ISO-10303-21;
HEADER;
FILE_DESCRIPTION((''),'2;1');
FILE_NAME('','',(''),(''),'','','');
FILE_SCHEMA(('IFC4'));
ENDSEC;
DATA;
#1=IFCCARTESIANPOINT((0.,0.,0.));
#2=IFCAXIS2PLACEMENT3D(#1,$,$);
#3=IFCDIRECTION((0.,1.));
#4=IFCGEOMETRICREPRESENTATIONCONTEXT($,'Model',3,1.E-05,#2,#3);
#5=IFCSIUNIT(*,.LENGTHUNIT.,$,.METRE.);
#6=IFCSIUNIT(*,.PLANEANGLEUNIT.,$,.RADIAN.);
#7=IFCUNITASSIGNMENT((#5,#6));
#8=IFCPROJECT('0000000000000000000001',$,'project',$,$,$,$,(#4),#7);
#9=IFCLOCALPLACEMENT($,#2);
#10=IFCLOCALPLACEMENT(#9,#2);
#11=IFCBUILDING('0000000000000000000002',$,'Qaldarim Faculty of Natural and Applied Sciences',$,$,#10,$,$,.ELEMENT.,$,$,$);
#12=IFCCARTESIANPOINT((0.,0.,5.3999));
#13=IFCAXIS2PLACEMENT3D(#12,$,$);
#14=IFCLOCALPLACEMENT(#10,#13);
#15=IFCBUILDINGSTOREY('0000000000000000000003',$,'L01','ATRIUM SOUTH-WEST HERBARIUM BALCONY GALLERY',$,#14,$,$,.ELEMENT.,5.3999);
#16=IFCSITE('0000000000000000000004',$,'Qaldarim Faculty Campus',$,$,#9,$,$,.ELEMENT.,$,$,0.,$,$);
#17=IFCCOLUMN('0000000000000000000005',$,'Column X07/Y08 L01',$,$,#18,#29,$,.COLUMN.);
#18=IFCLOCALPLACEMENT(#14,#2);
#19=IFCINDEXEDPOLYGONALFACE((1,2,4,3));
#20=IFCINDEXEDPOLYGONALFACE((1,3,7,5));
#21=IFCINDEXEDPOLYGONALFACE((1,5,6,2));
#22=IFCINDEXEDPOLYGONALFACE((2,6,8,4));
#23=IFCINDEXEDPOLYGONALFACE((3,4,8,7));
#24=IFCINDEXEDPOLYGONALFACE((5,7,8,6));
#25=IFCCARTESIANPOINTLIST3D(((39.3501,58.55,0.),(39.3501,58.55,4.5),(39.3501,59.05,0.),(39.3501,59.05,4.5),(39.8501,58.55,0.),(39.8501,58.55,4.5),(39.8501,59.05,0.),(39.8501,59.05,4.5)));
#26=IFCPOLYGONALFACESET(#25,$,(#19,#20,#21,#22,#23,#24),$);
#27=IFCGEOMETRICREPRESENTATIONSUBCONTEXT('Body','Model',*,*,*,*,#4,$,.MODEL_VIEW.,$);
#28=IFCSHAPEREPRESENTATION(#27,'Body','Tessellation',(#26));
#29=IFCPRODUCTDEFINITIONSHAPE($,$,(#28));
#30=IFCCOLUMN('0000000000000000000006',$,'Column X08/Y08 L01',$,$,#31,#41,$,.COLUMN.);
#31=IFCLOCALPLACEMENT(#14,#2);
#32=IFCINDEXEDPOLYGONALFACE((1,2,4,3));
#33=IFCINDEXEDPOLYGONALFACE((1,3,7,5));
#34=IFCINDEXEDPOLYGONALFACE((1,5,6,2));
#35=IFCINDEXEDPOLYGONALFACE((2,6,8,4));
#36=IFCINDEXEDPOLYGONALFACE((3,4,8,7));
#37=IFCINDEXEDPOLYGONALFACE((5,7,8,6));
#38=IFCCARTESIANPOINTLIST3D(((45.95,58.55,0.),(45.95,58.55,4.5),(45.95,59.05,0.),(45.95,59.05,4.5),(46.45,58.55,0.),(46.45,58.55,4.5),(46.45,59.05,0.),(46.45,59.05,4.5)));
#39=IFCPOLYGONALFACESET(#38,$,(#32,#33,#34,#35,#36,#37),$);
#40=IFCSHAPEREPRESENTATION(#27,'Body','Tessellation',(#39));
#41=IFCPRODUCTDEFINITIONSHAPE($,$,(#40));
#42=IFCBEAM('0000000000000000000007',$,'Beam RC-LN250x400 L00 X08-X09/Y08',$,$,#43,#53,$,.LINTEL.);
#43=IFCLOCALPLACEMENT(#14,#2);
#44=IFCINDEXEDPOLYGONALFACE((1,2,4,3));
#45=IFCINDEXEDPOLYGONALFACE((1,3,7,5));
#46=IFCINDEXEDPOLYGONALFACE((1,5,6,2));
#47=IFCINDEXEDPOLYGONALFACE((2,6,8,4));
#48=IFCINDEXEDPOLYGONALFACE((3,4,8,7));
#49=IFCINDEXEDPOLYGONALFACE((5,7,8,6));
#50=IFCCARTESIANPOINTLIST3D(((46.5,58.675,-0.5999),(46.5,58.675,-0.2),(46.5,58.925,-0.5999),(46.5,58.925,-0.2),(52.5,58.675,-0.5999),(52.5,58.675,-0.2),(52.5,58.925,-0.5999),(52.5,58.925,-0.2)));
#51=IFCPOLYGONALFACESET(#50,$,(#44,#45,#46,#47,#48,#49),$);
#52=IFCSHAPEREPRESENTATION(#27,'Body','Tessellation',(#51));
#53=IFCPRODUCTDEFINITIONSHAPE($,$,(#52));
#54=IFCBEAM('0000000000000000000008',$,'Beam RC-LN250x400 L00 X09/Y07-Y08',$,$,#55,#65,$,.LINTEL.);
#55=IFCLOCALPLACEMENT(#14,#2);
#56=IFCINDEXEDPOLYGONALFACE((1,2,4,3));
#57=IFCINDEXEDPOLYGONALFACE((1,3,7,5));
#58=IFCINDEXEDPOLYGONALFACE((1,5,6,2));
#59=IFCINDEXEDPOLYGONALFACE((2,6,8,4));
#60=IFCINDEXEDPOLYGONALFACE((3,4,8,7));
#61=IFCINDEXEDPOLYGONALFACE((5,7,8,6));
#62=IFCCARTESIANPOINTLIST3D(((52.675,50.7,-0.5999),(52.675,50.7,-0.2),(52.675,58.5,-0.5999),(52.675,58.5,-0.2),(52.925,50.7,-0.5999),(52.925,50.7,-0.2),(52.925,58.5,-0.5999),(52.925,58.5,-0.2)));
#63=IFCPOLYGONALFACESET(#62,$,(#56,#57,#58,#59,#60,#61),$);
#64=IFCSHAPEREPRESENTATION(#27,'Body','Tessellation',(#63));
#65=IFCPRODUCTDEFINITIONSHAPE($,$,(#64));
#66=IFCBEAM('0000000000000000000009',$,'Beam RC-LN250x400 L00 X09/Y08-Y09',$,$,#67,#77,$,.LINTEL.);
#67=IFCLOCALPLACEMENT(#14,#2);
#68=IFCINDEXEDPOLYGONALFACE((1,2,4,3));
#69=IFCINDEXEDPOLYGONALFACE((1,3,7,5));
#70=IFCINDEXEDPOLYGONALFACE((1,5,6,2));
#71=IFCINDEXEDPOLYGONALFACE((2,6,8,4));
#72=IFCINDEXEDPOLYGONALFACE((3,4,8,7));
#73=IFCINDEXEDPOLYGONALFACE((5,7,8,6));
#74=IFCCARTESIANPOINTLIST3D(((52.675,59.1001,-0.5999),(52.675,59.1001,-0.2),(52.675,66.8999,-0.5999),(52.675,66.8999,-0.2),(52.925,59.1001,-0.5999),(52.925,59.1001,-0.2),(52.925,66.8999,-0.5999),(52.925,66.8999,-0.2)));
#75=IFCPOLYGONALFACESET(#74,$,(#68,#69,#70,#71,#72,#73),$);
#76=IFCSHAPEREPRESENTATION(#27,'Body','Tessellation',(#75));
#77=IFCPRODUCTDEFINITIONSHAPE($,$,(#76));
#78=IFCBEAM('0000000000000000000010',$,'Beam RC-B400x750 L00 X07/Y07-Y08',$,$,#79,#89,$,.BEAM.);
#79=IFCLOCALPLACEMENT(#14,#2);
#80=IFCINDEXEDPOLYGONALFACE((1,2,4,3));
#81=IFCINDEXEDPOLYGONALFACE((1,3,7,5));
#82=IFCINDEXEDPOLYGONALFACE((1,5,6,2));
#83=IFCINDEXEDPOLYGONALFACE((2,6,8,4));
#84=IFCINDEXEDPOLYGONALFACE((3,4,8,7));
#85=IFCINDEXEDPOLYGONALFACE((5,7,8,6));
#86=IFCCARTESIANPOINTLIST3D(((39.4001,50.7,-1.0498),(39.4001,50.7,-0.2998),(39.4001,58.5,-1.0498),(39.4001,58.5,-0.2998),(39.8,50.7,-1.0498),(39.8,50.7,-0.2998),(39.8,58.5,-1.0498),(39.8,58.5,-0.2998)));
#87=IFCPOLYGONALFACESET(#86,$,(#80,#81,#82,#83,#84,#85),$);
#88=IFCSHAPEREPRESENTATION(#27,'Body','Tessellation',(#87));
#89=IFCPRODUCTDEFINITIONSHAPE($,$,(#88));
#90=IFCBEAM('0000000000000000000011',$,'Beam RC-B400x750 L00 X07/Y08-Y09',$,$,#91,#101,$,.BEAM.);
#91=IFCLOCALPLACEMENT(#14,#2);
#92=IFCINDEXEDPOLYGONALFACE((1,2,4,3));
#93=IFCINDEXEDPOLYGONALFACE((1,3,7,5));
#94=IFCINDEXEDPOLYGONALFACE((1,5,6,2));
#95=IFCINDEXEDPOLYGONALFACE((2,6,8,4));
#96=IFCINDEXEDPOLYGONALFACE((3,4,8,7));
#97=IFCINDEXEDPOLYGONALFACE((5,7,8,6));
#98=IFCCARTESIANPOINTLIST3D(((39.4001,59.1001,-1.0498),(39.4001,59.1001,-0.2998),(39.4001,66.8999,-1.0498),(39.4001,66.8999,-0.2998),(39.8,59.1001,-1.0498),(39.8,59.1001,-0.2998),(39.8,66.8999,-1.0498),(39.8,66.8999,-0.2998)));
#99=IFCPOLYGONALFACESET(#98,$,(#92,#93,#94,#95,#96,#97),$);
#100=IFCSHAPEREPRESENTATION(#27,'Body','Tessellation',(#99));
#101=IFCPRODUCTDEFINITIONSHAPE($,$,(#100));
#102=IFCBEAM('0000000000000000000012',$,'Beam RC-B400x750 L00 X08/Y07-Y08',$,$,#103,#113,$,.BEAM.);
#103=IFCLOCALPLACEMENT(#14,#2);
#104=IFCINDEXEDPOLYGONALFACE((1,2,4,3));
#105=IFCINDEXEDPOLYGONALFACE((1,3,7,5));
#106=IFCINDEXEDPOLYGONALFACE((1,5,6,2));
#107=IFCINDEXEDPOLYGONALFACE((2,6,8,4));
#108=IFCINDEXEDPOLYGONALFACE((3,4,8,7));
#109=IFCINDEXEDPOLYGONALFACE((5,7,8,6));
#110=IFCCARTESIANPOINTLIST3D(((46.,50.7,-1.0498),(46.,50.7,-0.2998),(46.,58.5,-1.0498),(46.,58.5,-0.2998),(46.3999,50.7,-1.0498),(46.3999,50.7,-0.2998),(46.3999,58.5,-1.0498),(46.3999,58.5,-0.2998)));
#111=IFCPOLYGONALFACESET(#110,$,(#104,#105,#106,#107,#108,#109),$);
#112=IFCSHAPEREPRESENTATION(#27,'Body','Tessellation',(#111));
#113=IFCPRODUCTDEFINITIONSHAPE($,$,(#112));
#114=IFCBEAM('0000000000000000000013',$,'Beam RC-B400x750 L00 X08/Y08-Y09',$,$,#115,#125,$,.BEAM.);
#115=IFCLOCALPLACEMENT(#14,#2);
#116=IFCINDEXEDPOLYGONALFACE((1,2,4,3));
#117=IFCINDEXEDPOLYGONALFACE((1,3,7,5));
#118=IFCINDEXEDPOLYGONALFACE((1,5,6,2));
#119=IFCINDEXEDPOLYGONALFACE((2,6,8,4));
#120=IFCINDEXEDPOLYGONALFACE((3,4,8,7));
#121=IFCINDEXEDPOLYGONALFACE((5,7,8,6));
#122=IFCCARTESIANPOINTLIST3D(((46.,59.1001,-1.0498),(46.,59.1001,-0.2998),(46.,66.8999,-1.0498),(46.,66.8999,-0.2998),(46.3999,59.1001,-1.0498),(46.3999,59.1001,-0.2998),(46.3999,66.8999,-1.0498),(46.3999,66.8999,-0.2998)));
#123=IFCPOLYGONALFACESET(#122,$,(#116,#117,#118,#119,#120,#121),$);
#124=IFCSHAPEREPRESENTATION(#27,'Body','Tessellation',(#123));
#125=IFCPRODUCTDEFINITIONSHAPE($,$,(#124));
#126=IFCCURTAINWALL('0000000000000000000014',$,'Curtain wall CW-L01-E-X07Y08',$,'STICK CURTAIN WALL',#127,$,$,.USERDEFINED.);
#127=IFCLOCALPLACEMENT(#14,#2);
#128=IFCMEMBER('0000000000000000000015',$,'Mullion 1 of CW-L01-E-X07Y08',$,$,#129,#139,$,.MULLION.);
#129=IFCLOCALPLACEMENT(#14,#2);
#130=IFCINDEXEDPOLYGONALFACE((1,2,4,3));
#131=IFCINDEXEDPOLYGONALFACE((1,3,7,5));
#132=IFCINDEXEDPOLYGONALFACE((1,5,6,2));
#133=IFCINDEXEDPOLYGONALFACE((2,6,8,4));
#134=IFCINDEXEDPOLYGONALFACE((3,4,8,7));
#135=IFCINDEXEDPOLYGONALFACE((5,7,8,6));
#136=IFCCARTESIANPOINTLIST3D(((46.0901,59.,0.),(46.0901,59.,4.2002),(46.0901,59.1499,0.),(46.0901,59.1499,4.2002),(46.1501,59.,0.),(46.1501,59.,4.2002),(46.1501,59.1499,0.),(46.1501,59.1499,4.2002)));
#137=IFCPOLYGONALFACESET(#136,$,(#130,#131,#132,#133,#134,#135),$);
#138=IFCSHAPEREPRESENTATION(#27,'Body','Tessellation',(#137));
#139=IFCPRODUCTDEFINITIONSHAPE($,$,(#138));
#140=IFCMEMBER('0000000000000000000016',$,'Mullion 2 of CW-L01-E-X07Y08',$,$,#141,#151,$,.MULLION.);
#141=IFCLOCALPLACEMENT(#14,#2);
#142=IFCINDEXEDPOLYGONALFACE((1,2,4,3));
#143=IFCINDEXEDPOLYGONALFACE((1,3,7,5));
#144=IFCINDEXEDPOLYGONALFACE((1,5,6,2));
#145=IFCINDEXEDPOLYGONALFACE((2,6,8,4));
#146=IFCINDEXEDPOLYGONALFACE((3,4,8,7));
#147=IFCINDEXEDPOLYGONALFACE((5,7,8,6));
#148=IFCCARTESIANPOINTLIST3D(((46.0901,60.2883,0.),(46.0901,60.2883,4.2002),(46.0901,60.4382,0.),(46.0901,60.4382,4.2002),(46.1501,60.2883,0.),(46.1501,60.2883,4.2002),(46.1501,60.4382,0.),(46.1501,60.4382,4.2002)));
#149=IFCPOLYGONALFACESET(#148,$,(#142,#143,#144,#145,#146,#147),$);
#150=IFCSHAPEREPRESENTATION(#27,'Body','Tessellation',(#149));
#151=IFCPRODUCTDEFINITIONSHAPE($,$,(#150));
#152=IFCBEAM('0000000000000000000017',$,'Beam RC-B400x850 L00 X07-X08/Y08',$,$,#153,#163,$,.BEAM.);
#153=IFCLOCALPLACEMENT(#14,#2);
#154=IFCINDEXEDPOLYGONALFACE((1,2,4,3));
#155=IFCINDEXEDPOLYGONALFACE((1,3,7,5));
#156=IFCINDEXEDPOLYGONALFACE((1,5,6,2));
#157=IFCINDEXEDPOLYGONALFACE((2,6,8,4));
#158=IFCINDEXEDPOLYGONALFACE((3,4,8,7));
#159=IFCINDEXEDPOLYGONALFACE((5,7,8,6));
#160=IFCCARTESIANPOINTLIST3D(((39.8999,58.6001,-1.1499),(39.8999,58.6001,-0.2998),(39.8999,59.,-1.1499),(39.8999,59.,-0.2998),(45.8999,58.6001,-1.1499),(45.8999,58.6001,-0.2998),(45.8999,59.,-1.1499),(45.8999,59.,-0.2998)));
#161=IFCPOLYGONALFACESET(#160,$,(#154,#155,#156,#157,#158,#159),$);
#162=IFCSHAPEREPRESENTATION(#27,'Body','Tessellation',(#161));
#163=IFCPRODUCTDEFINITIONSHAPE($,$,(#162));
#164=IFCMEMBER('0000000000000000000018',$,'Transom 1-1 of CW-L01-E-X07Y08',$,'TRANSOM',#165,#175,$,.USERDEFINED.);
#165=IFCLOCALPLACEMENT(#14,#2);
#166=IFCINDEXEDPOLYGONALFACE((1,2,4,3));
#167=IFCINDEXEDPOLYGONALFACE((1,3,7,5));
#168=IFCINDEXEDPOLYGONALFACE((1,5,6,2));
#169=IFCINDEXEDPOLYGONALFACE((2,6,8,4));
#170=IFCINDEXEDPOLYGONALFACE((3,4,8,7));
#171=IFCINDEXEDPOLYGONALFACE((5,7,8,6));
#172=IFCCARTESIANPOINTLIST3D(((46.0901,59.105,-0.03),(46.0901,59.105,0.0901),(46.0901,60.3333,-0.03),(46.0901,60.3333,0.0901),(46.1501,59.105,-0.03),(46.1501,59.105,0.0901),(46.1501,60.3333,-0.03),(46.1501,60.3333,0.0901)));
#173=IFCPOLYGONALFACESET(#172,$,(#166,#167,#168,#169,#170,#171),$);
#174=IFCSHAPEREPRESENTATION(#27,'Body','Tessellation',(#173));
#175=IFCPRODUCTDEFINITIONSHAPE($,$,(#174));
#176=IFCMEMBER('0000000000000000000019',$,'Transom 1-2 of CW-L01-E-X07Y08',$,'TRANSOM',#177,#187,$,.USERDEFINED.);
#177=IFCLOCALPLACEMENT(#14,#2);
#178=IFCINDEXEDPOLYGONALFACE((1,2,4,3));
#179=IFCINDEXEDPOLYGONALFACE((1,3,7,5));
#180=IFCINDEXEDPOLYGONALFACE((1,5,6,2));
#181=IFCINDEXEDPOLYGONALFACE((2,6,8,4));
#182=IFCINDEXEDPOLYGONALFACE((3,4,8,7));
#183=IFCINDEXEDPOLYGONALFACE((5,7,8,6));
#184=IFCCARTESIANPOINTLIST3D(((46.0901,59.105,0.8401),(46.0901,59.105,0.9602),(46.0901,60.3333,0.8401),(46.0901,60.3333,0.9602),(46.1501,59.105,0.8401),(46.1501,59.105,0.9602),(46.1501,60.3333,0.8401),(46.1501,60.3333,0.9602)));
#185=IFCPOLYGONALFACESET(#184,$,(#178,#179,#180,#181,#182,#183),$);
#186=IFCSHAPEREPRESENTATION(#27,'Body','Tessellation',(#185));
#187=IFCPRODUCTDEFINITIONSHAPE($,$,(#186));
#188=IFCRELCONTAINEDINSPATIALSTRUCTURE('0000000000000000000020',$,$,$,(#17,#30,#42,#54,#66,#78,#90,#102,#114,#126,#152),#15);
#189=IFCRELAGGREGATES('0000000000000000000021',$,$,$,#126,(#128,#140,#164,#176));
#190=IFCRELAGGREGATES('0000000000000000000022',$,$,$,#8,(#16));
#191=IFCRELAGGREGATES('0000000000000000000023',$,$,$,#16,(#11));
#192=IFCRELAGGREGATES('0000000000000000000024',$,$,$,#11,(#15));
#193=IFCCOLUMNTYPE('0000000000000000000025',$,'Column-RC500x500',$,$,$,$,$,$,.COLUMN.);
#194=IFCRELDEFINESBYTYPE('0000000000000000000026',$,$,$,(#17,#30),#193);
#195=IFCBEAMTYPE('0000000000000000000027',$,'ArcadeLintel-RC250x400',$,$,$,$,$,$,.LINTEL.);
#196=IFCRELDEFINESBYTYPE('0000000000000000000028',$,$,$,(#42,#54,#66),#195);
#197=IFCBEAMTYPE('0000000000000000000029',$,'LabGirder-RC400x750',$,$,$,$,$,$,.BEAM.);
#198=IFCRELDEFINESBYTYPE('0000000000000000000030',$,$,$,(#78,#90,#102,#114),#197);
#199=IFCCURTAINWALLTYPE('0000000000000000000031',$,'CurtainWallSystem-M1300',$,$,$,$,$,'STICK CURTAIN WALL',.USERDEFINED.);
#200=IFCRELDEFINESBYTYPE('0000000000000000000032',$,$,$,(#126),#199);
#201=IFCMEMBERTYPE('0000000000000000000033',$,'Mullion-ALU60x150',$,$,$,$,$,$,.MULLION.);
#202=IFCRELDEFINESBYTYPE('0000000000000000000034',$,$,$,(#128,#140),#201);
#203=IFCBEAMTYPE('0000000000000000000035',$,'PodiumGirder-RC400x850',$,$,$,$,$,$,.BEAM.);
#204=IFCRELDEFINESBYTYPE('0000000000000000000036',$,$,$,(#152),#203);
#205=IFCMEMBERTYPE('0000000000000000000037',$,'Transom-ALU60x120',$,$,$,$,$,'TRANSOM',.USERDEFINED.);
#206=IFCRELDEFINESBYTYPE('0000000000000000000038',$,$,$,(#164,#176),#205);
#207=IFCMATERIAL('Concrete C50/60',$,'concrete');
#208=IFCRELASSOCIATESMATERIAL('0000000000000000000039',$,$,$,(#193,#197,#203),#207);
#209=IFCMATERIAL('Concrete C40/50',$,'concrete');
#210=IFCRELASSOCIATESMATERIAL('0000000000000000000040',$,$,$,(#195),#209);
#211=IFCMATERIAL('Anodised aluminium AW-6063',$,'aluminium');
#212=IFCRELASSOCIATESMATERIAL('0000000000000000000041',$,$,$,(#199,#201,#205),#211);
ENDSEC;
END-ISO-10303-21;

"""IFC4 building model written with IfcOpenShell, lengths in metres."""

from ifc_helpers import new_model, si_unit, direction, frame, origin, origin_2d, place, context, subcontext, project, spatial, rectangle, extrude, material, material_profile, profile_set, type_object, element, aggregate, save


model = new_model("IFC4")

# Units and contexts
model_context = context("Model", 3, precision=1e-05, world=origin(), true_north=direction((0.0, 1.0)))
body_context = subcontext(model_context, "Body", "Model", "MODEL_VIEW")
ifc_project = project(units=[si_unit("LENGTHUNIT", "METRE"), si_unit("PLANEANGLEUNIT", "RADIAN")], contexts=[model_context])

# Site, building, storey
site_placement = place(None, origin())
site = spatial("IfcSite", under=ifc_project, at=site_placement, Name="Qaldarim Faculty Campus", CompositionType="ELEMENT", RefElevation=0.0)
building_placement = place(site_placement, origin())
building = spatial("IfcBuilding", under=site, at=building_placement, Name="Qaldarim Faculty of Natural and Applied Sciences", CompositionType="ELEMENT")
storey_placement = place(building_placement, frame((0.0, 0.0, 5.3999)))
storey = spatial("IfcBuildingStorey", under=building, at=storey_placement, Name="L01", Description="ATRIUM SOUTH-WEST HERBARIUM BALCONY GALLERY", CompositionType="ELEMENT", Elevation=5.3999)

# Columns
ifc_material_1 = material(Name="Concrete C50/60", Category="concrete")
ifc_material_profile_1 = material_profile(ifc_material_1, rectangle(XDim=0.5, YDim=0.5, at=origin_2d()), Name="RC-C500x500")
ifc_profile_set_1 = profile_set([ifc_material_profile_1], Name="Concrete C50/60")
column_type = type_object("IfcColumnType", Name="Column-RC500x500", PredefinedType="COLUMN", material=ifc_profile_set_1)
for number, where, z_axis, x_axis, name in (
    (1, (39.6001, 58.8, 0.0), (0.0, 0.0, 1.0), (1.0, 0.0, 0.0), "Column X07/Y08 L01"),
    (2, (46.2, 58.8, 0.0), (0.0, 0.0, 1.0), (1.0, 0.0, 0.0), "Column X08/Y08 L01"),
):
    element("IfcColumn", number, at=place(storey_placement, frame(where, z_axis=z_axis, x_axis=x_axis)), inside=storey, type_object=column_type, Name=name, PredefinedType="COLUMN", context=body_context, shape_type="SweptSolid", body=[
        extrude(rectangle(XDim=0.5, YDim=0.5, at=origin_2d()), origin(), (0.0, 0.0, 1.0), 4.5),
    ])

# Beams
ifc_material_2 = material(Name="Concrete C40/50", Category="concrete")
ifc_material_profile_2 = material_profile(ifc_material_2, rectangle(XDim=0.25, YDim=0.3999, at=origin_2d()), Name="RC-LN250x400")
ifc_profile_set_2 = profile_set([ifc_material_profile_2], Name="Concrete C40/50")
beam_type_1 = type_object("IfcBeamType", Name="ArcadeLintel-RC250x400", PredefinedType="LINTEL", material=ifc_profile_set_2)
beam_1_placement = place(storey_placement, frame((46.5, 58.8, -0.3999), z_axis=(1.0, 0.0, 0.0), x_axis=(0.0, 1.0, 0.0)))
element("IfcBeam", 3, at=beam_1_placement, inside=storey, type_object=beam_type_1, Name="Beam RC-LN250x400 L00 X08-X09/Y08", PredefinedType="LINTEL", context=body_context, shape_type="SweptSolid", body=[
    extrude(rectangle(XDim=0.25, YDim=0.3999, at=origin_2d()), origin(), (0.0, 0.0, 1.0), 6.0),
])
beam_2_placement = place(storey_placement, frame((52.8, 50.7, -0.3999), z_axis=(0.0, 1.0, 0.0), x_axis=(-1.0, 0.0, 0.0)))
element("IfcBeam", 4, at=beam_2_placement, inside=storey, type_object=beam_type_1, Name="Beam RC-LN250x400 L00 X09/Y07-Y08", PredefinedType="LINTEL", context=body_context, shape_type="SweptSolid", body=[
    extrude(rectangle(XDim=0.25, YDim=0.3999, at=origin_2d()), origin(), (0.0, 0.0, 1.0), 7.8),
])
beam_3_placement = place(storey_placement, frame((52.8, 59.1001, -0.3999), z_axis=(0.0, 1.0, 0.0), x_axis=(-1.0, 0.0, 0.0)))
element("IfcBeam", 5, at=beam_3_placement, inside=storey, type_object=beam_type_1, Name="Beam RC-LN250x400 L00 X09/Y08-Y09", PredefinedType="LINTEL", context=body_context, shape_type="SweptSolid", body=[
    extrude(rectangle(XDim=0.25, YDim=0.3999, at=origin_2d()), origin(), (0.0, 0.0, 1.0), 7.7998),
])
ifc_material_profile_3 = material_profile(ifc_material_1, rectangle(XDim=0.3999, YDim=0.75, at=origin_2d()), Name="RC-B400x750")
ifc_profile_set_3 = profile_set([ifc_material_profile_3], Name="Concrete C50/60")
beam_type_2 = type_object("IfcBeamType", Name="LabGirder-RC400x750", PredefinedType="BEAM", material=ifc_profile_set_3)
beam_4_placement = place(storey_placement, frame((39.6001, 50.7, -0.6748), z_axis=(0.0, 1.0, 0.0), x_axis=(-1.0, 0.0, 0.0)))
element("IfcBeam", 6, at=beam_4_placement, inside=storey, type_object=beam_type_2, Name="Beam RC-B400x750 L00 X07/Y07-Y08", PredefinedType="BEAM", context=body_context, shape_type="SweptSolid", body=[
    extrude(rectangle(XDim=0.3999, YDim=0.75, at=origin_2d()), origin(), (0.0, 0.0, 1.0), 7.8),
])
beam_5_placement = place(storey_placement, frame((39.6001, 59.1001, -0.6748), z_axis=(0.0, 1.0, 0.0), x_axis=(-1.0, 0.0, 0.0)))
element("IfcBeam", 7, at=beam_5_placement, inside=storey, type_object=beam_type_2, Name="Beam RC-B400x750 L00 X07/Y08-Y09", PredefinedType="BEAM", context=body_context, shape_type="SweptSolid", body=[
    extrude(rectangle(XDim=0.3999, YDim=0.75, at=origin_2d()), origin(), (0.0, 0.0, 1.0), 7.7998),
])
beam_6_placement = place(storey_placement, frame((46.2, 50.7, -0.6748), z_axis=(0.0, 1.0, 0.0), x_axis=(-1.0, 0.0, 0.0)))
element("IfcBeam", 8, at=beam_6_placement, inside=storey, type_object=beam_type_2, Name="Beam RC-B400x750 L00 X08/Y07-Y08", PredefinedType="BEAM", context=body_context, shape_type="SweptSolid", body=[
    extrude(rectangle(XDim=0.3999, YDim=0.75, at=origin_2d()), origin(), (0.0, 0.0, 1.0), 7.8),
])
beam_7_placement = place(storey_placement, frame((46.2, 59.1001, -0.6748), z_axis=(0.0, 1.0, 0.0), x_axis=(-1.0, 0.0, 0.0)))
element("IfcBeam", 9, at=beam_7_placement, inside=storey, type_object=beam_type_2, Name="Beam RC-B400x750 L00 X08/Y08-Y09", PredefinedType="BEAM", context=body_context, shape_type="SweptSolid", body=[
    extrude(rectangle(XDim=0.3999, YDim=0.75, at=origin_2d()), origin(), (0.0, 0.0, 1.0), 7.7998),
])

# Curtain wall, members
ifc_material_3 = material(Name="Anodised aluminium AW-6063", Category="aluminium")
curtain_wall_type = type_object("IfcCurtainWallType", Name="CurtainWallSystem-M1300", ElementType="STICK CURTAIN WALL", PredefinedType="USERDEFINED", material=ifc_material_3)
curtain_wall_placement = place(storey_placement, origin())
curtain_wall = element("IfcCurtainWall", 10, at=curtain_wall_placement, inside=storey, type_object=curtain_wall_type, Name="Curtain wall CW-L01-E-X07Y08", ObjectType="STICK CURTAIN WALL", PredefinedType="USERDEFINED")
ifc_material_profile_4 = material_profile(ifc_material_3, rectangle(XDim=0.0601, YDim=0.1499, at=origin_2d()), Name="ALU-M60x150")
ifc_profile_set_4 = profile_set([ifc_material_profile_4], Name="Anodised aluminium AW-6063")
member_type_1 = type_object("IfcMemberType", Name="Mullion-ALU60x150", PredefinedType="MULLION", material=ifc_profile_set_4)
member_1_placement = place(storey_placement, frame((46.1201, 59.075, 0.0), z_axis=(0.0, 0.0, 1.0), x_axis=(-1.0, 0.0, 0.0)))
member_1 = element("IfcMember", 11, at=member_1_placement, type_object=member_type_1, Name="Mullion 1 of CW-L01-E-X07Y08", PredefinedType="MULLION", context=body_context, shape_type="SweptSolid", body=[
    extrude(rectangle(XDim=0.0601, YDim=0.1499, at=origin_2d()), origin(), (0.0, 0.0, 1.0), 4.2002),
])
member_2_placement = place(storey_placement, frame((46.1201, 60.3633, 0.0), z_axis=(0.0, 0.0, 1.0), x_axis=(-1.0, 0.0, 0.0)))
member_2 = element("IfcMember", 12, at=member_2_placement, type_object=member_type_1, Name="Mullion 2 of CW-L01-E-X07Y08", PredefinedType="MULLION", context=body_context, shape_type="SweptSolid", body=[
    extrude(rectangle(XDim=0.0601, YDim=0.1499, at=origin_2d()), origin(), (0.0, 0.0, 1.0), 4.2002),
])

# Beam
ifc_material_profile_5 = material_profile(ifc_material_1, rectangle(XDim=0.3999, YDim=0.8501, at=origin_2d()), Name="RC-B400x850")
ifc_profile_set_5 = profile_set([ifc_material_profile_5], Name="Concrete C50/60")
beam_type_3 = type_object("IfcBeamType", Name="PodiumGirder-RC400x850", PredefinedType="BEAM", material=ifc_profile_set_5)
beam_8_placement = place(storey_placement, frame((39.8999, 58.8, -0.7249), z_axis=(1.0, 0.0, 0.0), x_axis=(0.0, 1.0, 0.0)))
element("IfcBeam", 13, at=beam_8_placement, inside=storey, type_object=beam_type_3, Name="Beam RC-B400x850 L00 X07-X08/Y08", PredefinedType="BEAM", context=body_context, shape_type="SweptSolid", body=[
    extrude(rectangle(XDim=0.3999, YDim=0.8501, at=origin_2d()), origin(), (0.0, 0.0, 1.0), 6.0),
])

# Members
ifc_material_profile_6 = material_profile(ifc_material_3, rectangle(XDim=0.0601, YDim=0.1201, at=origin_2d()), Name="ALU-T60x120")
ifc_profile_set_6 = profile_set([ifc_material_profile_6], Name="Anodised aluminium AW-6063")
member_type_2 = type_object("IfcMemberType", Name="Transom-ALU60x120", ElementType="TRANSOM", PredefinedType="USERDEFINED", material=ifc_profile_set_6)
member_3_placement = place(storey_placement, frame((46.1201, 59.105, 0.03), z_axis=(0.0, 1.0, 0.0), x_axis=(-1.0, 0.0, 0.0)))
member_3 = element("IfcMember", 14, at=member_3_placement, type_object=member_type_2, Name="Transom 1-1 of CW-L01-E-X07Y08", ObjectType="TRANSOM", PredefinedType="USERDEFINED", context=body_context, shape_type="SweptSolid", body=[
    extrude(rectangle(XDim=0.0601, YDim=0.1201, at=origin_2d()), origin(), (0.0, 0.0, 1.0), 1.2283),
])
member_4_placement = place(storey_placement, frame((46.1201, 59.105, 0.9001), z_axis=(0.0, 1.0, 0.0), x_axis=(-1.0, 0.0, 0.0)))
member_4 = element("IfcMember", 15, at=member_4_placement, type_object=member_type_2, Name="Transom 1-2 of CW-L01-E-X07Y08", ObjectType="TRANSOM", PredefinedType="USERDEFINED", context=body_context, shape_type="SweptSolid", body=[
    extrude(rectangle(XDim=0.0601, YDim=0.1201, at=origin_2d()), origin(), (0.0, 0.0, 1.0), 1.2283),
])

aggregate(curtain_wall, [member_1, member_2, member_3, member_4])

save(model, "model.ifc")
